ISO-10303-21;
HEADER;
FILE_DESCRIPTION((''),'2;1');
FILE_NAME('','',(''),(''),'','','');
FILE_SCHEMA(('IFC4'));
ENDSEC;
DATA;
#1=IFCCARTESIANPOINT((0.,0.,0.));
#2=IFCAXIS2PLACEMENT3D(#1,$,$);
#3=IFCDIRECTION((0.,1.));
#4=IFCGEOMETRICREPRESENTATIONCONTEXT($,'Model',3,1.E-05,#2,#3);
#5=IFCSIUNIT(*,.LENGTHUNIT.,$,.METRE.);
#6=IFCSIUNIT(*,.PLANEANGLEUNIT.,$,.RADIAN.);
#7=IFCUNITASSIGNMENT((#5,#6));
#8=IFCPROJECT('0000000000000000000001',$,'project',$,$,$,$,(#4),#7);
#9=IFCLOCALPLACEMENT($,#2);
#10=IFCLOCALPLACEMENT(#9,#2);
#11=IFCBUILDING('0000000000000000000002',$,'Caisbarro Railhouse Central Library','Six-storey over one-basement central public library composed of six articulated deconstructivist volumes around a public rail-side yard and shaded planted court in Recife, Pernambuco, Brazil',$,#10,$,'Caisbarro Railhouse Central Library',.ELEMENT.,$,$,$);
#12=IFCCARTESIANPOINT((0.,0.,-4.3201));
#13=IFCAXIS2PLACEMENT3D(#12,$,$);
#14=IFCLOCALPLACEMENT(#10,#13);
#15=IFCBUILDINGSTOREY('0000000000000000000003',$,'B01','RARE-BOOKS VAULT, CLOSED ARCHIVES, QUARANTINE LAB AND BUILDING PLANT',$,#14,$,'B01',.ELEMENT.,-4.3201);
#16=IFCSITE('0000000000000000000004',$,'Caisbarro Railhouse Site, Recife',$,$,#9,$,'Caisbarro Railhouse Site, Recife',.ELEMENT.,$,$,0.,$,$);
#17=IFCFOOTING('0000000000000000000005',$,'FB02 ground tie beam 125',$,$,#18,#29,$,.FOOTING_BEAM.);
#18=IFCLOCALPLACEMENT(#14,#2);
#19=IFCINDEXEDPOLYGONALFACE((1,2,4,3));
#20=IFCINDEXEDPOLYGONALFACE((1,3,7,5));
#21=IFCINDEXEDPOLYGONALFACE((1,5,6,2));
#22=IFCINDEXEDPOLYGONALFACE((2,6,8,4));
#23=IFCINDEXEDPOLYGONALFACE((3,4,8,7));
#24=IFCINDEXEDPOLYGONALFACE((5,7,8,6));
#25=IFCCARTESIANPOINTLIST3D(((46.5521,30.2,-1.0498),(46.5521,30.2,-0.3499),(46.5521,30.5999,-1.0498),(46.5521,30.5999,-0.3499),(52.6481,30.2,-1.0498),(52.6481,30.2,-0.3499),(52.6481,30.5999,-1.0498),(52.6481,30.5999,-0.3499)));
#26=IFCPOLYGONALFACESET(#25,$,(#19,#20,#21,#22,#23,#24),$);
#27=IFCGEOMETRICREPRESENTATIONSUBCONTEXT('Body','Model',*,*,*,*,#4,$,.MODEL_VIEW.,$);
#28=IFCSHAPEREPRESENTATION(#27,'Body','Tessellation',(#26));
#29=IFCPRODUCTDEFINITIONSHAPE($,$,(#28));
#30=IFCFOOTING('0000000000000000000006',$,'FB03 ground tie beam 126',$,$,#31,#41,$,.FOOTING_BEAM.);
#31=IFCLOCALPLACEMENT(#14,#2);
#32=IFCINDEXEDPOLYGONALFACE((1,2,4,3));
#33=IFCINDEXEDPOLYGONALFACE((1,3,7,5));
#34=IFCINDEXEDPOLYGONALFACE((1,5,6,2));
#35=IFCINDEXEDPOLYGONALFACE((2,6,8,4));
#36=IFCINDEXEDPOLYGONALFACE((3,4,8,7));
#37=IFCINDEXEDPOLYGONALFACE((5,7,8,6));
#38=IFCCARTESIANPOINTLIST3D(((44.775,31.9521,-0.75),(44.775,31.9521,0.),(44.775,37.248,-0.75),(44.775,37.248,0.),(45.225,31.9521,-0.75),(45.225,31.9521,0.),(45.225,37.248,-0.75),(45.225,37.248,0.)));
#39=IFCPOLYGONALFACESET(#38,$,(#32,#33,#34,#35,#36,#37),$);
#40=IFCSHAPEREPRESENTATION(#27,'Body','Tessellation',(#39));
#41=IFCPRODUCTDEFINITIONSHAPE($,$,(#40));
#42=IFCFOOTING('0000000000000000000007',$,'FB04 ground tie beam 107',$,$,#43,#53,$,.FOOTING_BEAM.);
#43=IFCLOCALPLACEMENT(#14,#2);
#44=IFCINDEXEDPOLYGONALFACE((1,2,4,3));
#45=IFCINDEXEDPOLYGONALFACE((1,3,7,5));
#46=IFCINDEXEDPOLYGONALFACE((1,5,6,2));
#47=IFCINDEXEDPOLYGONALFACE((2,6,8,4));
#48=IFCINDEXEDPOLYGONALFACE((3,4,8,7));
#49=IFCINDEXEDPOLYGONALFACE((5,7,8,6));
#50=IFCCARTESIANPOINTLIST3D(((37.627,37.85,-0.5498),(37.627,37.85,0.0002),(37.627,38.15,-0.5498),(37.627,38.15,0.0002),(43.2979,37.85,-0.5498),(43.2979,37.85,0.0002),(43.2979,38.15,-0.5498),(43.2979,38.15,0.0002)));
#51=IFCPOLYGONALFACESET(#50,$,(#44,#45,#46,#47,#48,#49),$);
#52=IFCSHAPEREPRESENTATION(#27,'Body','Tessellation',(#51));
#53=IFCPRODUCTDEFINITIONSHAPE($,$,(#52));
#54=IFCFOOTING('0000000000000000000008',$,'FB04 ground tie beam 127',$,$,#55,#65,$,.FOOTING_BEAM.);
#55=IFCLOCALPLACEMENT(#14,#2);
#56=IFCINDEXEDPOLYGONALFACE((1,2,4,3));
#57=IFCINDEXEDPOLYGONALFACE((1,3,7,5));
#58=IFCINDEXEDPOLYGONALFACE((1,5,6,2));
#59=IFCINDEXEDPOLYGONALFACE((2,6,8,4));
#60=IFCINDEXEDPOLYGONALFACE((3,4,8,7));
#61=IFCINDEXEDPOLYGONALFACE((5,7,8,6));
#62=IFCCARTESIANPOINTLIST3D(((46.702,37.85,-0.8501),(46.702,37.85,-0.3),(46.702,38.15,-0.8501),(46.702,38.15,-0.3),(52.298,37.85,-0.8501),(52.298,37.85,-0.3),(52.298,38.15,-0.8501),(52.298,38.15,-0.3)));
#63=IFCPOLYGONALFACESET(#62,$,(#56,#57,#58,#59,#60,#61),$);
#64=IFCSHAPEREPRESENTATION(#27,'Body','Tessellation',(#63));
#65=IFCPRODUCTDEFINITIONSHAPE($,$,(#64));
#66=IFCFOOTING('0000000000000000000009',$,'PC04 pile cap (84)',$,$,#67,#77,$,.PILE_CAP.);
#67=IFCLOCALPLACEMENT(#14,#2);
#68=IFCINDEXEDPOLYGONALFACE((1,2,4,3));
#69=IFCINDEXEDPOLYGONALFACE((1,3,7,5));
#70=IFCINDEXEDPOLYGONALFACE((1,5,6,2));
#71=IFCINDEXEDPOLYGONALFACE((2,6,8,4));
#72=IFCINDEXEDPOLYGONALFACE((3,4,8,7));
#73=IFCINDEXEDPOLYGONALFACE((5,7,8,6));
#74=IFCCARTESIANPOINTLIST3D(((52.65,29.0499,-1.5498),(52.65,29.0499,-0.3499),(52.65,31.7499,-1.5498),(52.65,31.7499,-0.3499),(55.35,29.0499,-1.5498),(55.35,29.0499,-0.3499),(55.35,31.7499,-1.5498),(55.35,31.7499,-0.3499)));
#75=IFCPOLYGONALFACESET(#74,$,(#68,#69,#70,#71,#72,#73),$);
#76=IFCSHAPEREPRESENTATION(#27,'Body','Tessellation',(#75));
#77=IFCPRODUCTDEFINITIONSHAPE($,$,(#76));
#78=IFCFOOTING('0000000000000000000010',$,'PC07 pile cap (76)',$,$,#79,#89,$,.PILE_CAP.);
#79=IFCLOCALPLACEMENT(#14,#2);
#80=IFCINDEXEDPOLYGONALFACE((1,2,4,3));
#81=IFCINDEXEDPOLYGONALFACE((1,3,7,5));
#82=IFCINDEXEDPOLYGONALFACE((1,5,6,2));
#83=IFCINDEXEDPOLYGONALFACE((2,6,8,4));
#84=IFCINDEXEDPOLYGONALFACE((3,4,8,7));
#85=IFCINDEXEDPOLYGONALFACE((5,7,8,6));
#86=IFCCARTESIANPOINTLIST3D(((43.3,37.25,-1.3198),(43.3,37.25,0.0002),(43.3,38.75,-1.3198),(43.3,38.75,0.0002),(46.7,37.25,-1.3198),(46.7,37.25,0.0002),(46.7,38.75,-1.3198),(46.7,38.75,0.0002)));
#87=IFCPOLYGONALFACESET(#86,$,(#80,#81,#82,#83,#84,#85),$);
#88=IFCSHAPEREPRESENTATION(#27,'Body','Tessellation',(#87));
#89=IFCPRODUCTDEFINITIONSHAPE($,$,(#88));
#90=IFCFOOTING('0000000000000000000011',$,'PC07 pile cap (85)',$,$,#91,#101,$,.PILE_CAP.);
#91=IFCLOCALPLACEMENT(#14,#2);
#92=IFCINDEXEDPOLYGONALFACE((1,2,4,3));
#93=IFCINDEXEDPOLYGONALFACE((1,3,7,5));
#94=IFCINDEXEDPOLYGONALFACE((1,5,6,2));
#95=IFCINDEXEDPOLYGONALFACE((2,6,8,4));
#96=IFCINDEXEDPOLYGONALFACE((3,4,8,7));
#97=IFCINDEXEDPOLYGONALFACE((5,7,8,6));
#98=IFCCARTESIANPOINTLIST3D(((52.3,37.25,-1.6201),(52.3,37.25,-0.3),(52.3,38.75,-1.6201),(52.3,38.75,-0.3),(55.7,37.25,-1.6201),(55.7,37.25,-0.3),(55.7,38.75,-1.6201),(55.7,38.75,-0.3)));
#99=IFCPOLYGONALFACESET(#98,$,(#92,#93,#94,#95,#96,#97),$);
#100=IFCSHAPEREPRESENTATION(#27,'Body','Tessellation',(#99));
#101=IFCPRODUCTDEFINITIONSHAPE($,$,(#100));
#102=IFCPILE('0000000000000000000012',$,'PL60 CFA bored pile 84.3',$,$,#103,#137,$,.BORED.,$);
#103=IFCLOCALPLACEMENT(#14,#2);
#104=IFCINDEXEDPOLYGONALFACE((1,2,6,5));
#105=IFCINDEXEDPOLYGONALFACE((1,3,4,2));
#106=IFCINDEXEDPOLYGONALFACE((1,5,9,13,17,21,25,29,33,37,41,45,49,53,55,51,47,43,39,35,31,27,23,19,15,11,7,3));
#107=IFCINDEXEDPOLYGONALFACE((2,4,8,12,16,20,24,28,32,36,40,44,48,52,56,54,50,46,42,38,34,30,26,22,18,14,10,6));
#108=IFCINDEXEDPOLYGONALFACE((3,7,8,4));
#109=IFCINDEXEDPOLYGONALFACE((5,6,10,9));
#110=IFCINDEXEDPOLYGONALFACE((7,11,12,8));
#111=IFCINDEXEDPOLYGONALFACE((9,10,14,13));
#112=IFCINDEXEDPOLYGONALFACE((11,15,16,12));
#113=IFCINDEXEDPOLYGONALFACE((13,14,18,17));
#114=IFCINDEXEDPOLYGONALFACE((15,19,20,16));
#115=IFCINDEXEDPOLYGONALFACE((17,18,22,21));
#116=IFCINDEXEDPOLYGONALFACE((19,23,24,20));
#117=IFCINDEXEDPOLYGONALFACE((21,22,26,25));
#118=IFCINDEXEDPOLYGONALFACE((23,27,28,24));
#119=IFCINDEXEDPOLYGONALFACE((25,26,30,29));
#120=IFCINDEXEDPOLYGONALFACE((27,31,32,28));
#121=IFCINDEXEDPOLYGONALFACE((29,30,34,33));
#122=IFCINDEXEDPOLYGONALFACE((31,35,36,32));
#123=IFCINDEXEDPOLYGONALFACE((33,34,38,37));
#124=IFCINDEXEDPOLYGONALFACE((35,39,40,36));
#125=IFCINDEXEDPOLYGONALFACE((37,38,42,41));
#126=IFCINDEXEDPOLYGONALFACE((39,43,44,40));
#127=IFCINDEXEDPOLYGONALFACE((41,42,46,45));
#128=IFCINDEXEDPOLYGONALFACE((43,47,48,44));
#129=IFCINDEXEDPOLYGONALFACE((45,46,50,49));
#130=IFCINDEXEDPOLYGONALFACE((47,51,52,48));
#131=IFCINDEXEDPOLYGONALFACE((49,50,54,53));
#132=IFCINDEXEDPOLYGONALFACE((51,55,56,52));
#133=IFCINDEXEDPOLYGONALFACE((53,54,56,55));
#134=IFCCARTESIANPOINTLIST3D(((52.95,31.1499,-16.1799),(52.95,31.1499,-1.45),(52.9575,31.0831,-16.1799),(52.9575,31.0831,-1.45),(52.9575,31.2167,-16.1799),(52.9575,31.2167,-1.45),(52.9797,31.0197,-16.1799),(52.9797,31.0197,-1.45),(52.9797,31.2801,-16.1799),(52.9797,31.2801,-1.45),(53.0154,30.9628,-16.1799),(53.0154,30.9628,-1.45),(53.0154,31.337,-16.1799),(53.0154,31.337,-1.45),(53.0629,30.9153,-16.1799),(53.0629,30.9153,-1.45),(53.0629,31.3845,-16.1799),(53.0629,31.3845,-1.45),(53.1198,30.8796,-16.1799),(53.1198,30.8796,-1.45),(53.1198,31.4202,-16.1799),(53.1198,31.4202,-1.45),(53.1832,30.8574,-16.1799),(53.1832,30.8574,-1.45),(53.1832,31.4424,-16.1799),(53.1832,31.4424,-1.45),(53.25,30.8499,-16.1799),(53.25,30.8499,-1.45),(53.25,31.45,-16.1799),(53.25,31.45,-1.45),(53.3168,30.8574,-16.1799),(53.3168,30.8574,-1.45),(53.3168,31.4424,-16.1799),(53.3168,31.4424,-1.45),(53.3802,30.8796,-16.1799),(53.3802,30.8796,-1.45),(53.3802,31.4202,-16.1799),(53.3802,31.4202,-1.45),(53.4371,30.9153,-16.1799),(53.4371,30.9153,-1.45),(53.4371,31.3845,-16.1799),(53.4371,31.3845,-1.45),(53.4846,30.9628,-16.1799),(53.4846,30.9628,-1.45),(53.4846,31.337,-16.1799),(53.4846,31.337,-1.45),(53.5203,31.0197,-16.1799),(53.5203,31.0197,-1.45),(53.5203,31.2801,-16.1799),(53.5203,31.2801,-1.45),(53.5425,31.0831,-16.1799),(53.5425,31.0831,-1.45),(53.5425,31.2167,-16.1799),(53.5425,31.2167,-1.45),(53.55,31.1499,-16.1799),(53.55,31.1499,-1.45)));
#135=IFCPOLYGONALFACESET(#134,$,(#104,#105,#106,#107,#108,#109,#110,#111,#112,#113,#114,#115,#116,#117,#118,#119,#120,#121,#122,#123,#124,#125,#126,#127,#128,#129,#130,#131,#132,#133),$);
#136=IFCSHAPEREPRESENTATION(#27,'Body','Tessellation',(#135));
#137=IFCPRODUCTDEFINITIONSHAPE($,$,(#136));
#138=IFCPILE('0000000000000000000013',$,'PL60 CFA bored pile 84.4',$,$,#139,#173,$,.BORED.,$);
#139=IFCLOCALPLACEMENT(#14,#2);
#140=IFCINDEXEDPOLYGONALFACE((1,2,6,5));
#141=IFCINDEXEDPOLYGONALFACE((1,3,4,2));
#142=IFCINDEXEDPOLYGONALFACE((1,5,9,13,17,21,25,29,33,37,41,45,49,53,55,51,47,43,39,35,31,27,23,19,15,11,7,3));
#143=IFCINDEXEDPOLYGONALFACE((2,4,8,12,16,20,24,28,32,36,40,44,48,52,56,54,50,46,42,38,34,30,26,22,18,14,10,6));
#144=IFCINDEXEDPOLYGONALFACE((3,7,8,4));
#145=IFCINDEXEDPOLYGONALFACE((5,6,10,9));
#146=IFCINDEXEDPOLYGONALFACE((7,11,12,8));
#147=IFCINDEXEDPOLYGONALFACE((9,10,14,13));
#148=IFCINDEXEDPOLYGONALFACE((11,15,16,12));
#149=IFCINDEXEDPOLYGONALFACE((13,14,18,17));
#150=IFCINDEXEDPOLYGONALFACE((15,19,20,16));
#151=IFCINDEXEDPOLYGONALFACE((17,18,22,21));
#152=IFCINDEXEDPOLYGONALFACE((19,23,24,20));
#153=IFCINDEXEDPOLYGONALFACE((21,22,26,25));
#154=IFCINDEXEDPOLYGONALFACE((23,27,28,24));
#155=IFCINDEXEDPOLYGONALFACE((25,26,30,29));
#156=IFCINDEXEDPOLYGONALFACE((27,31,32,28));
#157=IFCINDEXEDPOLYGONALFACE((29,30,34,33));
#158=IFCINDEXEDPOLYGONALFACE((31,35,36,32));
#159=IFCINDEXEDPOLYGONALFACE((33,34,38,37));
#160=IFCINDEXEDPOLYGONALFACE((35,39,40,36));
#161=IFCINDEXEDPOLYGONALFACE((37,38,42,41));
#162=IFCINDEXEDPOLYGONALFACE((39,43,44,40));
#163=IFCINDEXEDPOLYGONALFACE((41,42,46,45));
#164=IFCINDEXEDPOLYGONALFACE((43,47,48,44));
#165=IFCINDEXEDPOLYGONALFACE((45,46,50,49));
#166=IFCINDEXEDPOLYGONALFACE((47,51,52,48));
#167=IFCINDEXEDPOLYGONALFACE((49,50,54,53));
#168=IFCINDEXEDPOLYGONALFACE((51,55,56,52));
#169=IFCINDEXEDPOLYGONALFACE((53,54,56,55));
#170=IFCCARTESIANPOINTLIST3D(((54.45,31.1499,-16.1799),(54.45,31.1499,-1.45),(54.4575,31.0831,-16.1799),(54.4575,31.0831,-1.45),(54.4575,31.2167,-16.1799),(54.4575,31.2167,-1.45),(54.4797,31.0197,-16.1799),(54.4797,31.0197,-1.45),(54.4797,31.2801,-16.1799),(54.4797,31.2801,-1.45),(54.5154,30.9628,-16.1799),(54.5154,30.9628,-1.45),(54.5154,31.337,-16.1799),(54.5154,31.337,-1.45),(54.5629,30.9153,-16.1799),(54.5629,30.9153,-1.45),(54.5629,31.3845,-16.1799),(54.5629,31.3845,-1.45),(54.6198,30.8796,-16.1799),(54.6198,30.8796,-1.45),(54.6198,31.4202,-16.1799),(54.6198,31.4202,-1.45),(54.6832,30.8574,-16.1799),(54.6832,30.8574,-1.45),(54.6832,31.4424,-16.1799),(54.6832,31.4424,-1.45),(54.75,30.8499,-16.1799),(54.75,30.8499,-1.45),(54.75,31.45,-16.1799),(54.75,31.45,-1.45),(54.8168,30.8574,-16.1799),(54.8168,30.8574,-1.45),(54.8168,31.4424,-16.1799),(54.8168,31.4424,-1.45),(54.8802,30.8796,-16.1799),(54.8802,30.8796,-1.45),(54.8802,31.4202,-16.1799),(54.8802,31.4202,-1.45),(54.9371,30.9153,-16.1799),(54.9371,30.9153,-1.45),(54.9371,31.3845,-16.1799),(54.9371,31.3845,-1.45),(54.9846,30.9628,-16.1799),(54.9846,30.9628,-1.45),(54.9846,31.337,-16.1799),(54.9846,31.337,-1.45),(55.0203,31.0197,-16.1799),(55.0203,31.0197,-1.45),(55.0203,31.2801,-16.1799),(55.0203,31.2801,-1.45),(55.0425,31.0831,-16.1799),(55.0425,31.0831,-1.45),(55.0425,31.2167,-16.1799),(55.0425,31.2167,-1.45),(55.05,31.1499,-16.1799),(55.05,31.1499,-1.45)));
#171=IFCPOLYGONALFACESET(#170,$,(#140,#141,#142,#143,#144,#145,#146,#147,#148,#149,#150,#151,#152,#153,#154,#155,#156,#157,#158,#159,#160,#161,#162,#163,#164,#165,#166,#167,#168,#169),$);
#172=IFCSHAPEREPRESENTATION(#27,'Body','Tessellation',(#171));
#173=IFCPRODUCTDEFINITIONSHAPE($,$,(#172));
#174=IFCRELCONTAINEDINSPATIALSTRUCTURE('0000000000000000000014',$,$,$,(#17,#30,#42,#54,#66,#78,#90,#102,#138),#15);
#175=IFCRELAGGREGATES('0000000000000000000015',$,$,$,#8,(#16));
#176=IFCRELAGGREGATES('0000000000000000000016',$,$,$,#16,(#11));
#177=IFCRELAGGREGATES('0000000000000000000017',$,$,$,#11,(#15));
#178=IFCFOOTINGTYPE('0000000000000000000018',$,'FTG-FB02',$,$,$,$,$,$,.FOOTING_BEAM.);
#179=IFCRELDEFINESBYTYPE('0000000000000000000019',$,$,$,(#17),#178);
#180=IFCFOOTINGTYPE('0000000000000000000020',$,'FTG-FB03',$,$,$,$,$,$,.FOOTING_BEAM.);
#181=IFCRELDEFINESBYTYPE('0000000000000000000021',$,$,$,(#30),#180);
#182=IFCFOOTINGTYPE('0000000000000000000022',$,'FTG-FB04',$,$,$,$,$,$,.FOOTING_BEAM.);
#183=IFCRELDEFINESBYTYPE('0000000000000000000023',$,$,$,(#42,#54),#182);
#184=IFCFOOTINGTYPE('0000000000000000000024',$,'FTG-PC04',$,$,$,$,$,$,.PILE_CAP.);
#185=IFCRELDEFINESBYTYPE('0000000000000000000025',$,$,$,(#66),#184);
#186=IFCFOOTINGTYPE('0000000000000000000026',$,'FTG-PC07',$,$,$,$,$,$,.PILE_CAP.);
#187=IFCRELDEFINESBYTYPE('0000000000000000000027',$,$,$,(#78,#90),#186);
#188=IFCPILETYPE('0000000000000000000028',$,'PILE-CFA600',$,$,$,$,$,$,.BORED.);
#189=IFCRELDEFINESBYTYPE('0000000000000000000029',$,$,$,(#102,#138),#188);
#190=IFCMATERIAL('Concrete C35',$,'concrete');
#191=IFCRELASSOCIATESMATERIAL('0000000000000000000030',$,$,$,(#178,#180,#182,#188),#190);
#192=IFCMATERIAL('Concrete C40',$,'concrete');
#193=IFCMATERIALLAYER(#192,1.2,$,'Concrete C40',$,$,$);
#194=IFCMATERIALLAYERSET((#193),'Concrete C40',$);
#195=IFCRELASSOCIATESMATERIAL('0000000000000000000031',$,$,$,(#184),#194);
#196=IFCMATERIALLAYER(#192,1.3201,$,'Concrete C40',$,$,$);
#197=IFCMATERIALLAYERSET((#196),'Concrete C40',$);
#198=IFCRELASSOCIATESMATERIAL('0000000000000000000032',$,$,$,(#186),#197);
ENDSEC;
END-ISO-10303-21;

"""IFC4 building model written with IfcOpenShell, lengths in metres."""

from ifc_helpers import new_model, si_unit, direction, frame, origin, origin_2d, place, context, subcontext, project, spatial, rectangle, circle, extrude, material, layer, layer_set, material_profile, profile_set, type_object, element, save


model = new_model("IFC4")

# Units and contexts
model_context = context("Model", 3, precision=1e-05, world=origin(), true_north=direction((0.0, 1.0)))
body_context = subcontext(model_context, "Body", "Model", "MODEL_VIEW")
ifc_project = project(units=[si_unit("LENGTHUNIT", "METRE"), si_unit("PLANEANGLEUNIT", "RADIAN")], contexts=[model_context])

# Site, building, storey
site_placement = place(None, origin())
site = spatial("IfcSite", under=ifc_project, at=site_placement, Name="Caisbarro Railhouse Site, Recife", LongName="Caisbarro Railhouse Site, Recife", CompositionType="ELEMENT", RefElevation=0.0)
building_placement = place(site_placement, origin())
building = spatial("IfcBuilding", under=site, at=building_placement, Name="Caisbarro Railhouse Central Library", Description="Six-storey over one-basement central public library composed of six articulated deconstructivist volumes around a public rail-side yard and shaded planted court in Recife, Pernambuco, Brazil", LongName="Caisbarro Railhouse Central Library", CompositionType="ELEMENT")
storey_placement = place(building_placement, frame((0.0, 0.0, -4.3201)))
storey = spatial("IfcBuildingStorey", under=building, at=storey_placement, Name="B01", Description="RARE-BOOKS VAULT, CLOSED ARCHIVES, QUARANTINE LAB AND BUILDING PLANT", LongName="B01", CompositionType="ELEMENT", Elevation=-4.3201)

# Footings
ifc_material_1 = material(Name="Concrete C35", Category="concrete")
footing_type_1 = type_object("IfcFootingType", Name="FTG-FB02", PredefinedType="FOOTING_BEAM", material=ifc_material_1)
footing_1_placement = place(storey_placement, frame((49.6001, 30.3999, -1.0498), z_axis=(0.0, 0.0, 1.0), x_axis=(1.0, 0.0, 0.0)))
element("IfcFooting", 1, at=footing_1_placement, inside=storey, type_object=footing_type_1, Name="FB02 ground tie beam 125", PredefinedType="FOOTING_BEAM", context=body_context, shape_type="SweptSolid", body=[
    extrude(rectangle(XDim=6.0959, YDim=0.3999, at=origin_2d()), origin(), (0.0, 0.0, 1.0), 0.7),
])
footing_type_2 = type_object("IfcFootingType", Name="FTG-FB03", PredefinedType="FOOTING_BEAM", material=ifc_material_1)
footing_2_placement = place(storey_placement, frame((45.0, 34.6001, -0.75), z_axis=(0.0, 0.0, 1.0), x_axis=(0.0, 1.0, 0.0)))
element("IfcFooting", 2, at=footing_2_placement, inside=storey, type_object=footing_type_2, Name="FB03 ground tie beam 126", PredefinedType="FOOTING_BEAM", context=body_context, shape_type="SweptSolid", body=[
    extrude(rectangle(XDim=5.2959, YDim=0.45, at=origin_2d()), origin(), (0.0, 0.0, 1.0), 0.75),
])
footing_type_3 = type_object("IfcFootingType", Name="FTG-FB04", PredefinedType="FOOTING_BEAM", material=ifc_material_1)
footing_3_placement = place(storey_placement, frame((40.4624, 38.0, -0.5498), z_axis=(0.0, 0.0, 1.0), x_axis=(1.0, 0.0, 0.0)))
element("IfcFooting", 3, at=footing_3_placement, inside=storey, type_object=footing_type_3, Name="FB04 ground tie beam 107", PredefinedType="FOOTING_BEAM", context=body_context, shape_type="SweptSolid", body=[
    extrude(rectangle(XDim=5.6709, YDim=0.3, at=origin_2d()), origin(), (0.0, 0.0, 1.0), 0.55),
])
footing_4_placement = place(storey_placement, frame((49.5, 38.0, -0.8501), z_axis=(0.0, 0.0, 1.0), x_axis=(1.0, 0.0, 0.0)))
element("IfcFooting", 4, at=footing_4_placement, inside=storey, type_object=footing_type_3, Name="FB04 ground tie beam 127", PredefinedType="FOOTING_BEAM", context=body_context, shape_type="SweptSolid", body=[
    extrude(rectangle(XDim=5.5959, YDim=0.3, at=origin_2d()), origin(), (0.0, 0.0, 1.0), 0.55),
])
ifc_material_2 = material(Name="Concrete C40", Category="concrete")
ifc_layer_1 = layer(ifc_material_2, 1.2, Name="Concrete C40")
ifc_layer_set_1 = layer_set([ifc_layer_1], Name="Concrete C40")
footing_type_4 = type_object("IfcFootingType", Name="FTG-PC04", PredefinedType="PILE_CAP", material=ifc_layer_set_1)
footing_5_placement = place(storey_placement, frame((54.0, 30.3999, -1.5498), z_axis=(0.0, 0.0, 1.0), x_axis=(1.0, 0.0, 0.0)))
element("IfcFooting", 5, at=footing_5_placement, inside=storey, type_object=footing_type_4, Name="PC04 pile cap (84)", PredefinedType="PILE_CAP", context=body_context, shape_type="SweptSolid", body=[
    extrude(rectangle(XDim=2.7, YDim=2.7, at=origin_2d()), origin(), (0.0, 0.0, 1.0), 1.2),
])
ifc_layer_2 = layer(ifc_material_2, 1.3201, Name="Concrete C40")
ifc_layer_set_2 = layer_set([ifc_layer_2], Name="Concrete C40")
footing_type_5 = type_object("IfcFootingType", Name="FTG-PC07", PredefinedType="PILE_CAP", material=ifc_layer_set_2)
for number, where, z_axis, x_axis, name in (
    (6, (45.0, 38.0, -1.3198), (0.0, 0.0, 1.0), (1.0, 0.0, 0.0), "PC07 pile cap (76)"),
    (7, (54.0, 38.0, -1.6201), (0.0, 0.0, 1.0), (1.0, 0.0, 0.0), "PC07 pile cap (85)"),
):
    element("IfcFooting", number, at=place(storey_placement, frame(where, z_axis=z_axis, x_axis=x_axis)), inside=storey, type_object=footing_type_5, Name=name, PredefinedType="PILE_CAP", context=body_context, shape_type="SweptSolid", body=[
        extrude(rectangle(XDim=3.3999, YDim=1.5, at=origin_2d()), origin(), (0.0, 0.0, 1.0), 1.3201),
    ])

# Piles
ifc_material_profile_1 = material_profile(ifc_material_1, circle(Radius=0.3, at=origin_2d()), Name="PILE-CFA-600")
ifc_profile_set_1 = profile_set([ifc_material_profile_1], Name="Concrete C35")
pile_type_1 = type_object("IfcPileType", Name="PILE-CFA600", PredefinedType="BORED", material=ifc_profile_set_1)
for number, where, z_axis, x_axis, name in (
    (8, (53.25, 31.1499, -1.45), (0.0, 0.0, -1.0), (1.0, 0.0, 0.0), "PL60 CFA bored pile 84.3"),
    (9, (54.75, 31.1499, -1.45), (0.0, 0.0, -1.0), (1.0, 0.0, 0.0), "PL60 CFA bored pile 84.4"),
):
    element("IfcPile", number, at=place(storey_placement, frame(where, z_axis=z_axis, x_axis=x_axis)), inside=storey, type_object=pile_type_1, Name=name, PredefinedType="BORED", context=body_context, shape_type="SweptSolid", body=[
        extrude(circle(Radius=0.3, at=origin_2d()), origin(), (0.0, 0.0, 1.0), 14.73),
    ])

save(model, "model.ifc")
